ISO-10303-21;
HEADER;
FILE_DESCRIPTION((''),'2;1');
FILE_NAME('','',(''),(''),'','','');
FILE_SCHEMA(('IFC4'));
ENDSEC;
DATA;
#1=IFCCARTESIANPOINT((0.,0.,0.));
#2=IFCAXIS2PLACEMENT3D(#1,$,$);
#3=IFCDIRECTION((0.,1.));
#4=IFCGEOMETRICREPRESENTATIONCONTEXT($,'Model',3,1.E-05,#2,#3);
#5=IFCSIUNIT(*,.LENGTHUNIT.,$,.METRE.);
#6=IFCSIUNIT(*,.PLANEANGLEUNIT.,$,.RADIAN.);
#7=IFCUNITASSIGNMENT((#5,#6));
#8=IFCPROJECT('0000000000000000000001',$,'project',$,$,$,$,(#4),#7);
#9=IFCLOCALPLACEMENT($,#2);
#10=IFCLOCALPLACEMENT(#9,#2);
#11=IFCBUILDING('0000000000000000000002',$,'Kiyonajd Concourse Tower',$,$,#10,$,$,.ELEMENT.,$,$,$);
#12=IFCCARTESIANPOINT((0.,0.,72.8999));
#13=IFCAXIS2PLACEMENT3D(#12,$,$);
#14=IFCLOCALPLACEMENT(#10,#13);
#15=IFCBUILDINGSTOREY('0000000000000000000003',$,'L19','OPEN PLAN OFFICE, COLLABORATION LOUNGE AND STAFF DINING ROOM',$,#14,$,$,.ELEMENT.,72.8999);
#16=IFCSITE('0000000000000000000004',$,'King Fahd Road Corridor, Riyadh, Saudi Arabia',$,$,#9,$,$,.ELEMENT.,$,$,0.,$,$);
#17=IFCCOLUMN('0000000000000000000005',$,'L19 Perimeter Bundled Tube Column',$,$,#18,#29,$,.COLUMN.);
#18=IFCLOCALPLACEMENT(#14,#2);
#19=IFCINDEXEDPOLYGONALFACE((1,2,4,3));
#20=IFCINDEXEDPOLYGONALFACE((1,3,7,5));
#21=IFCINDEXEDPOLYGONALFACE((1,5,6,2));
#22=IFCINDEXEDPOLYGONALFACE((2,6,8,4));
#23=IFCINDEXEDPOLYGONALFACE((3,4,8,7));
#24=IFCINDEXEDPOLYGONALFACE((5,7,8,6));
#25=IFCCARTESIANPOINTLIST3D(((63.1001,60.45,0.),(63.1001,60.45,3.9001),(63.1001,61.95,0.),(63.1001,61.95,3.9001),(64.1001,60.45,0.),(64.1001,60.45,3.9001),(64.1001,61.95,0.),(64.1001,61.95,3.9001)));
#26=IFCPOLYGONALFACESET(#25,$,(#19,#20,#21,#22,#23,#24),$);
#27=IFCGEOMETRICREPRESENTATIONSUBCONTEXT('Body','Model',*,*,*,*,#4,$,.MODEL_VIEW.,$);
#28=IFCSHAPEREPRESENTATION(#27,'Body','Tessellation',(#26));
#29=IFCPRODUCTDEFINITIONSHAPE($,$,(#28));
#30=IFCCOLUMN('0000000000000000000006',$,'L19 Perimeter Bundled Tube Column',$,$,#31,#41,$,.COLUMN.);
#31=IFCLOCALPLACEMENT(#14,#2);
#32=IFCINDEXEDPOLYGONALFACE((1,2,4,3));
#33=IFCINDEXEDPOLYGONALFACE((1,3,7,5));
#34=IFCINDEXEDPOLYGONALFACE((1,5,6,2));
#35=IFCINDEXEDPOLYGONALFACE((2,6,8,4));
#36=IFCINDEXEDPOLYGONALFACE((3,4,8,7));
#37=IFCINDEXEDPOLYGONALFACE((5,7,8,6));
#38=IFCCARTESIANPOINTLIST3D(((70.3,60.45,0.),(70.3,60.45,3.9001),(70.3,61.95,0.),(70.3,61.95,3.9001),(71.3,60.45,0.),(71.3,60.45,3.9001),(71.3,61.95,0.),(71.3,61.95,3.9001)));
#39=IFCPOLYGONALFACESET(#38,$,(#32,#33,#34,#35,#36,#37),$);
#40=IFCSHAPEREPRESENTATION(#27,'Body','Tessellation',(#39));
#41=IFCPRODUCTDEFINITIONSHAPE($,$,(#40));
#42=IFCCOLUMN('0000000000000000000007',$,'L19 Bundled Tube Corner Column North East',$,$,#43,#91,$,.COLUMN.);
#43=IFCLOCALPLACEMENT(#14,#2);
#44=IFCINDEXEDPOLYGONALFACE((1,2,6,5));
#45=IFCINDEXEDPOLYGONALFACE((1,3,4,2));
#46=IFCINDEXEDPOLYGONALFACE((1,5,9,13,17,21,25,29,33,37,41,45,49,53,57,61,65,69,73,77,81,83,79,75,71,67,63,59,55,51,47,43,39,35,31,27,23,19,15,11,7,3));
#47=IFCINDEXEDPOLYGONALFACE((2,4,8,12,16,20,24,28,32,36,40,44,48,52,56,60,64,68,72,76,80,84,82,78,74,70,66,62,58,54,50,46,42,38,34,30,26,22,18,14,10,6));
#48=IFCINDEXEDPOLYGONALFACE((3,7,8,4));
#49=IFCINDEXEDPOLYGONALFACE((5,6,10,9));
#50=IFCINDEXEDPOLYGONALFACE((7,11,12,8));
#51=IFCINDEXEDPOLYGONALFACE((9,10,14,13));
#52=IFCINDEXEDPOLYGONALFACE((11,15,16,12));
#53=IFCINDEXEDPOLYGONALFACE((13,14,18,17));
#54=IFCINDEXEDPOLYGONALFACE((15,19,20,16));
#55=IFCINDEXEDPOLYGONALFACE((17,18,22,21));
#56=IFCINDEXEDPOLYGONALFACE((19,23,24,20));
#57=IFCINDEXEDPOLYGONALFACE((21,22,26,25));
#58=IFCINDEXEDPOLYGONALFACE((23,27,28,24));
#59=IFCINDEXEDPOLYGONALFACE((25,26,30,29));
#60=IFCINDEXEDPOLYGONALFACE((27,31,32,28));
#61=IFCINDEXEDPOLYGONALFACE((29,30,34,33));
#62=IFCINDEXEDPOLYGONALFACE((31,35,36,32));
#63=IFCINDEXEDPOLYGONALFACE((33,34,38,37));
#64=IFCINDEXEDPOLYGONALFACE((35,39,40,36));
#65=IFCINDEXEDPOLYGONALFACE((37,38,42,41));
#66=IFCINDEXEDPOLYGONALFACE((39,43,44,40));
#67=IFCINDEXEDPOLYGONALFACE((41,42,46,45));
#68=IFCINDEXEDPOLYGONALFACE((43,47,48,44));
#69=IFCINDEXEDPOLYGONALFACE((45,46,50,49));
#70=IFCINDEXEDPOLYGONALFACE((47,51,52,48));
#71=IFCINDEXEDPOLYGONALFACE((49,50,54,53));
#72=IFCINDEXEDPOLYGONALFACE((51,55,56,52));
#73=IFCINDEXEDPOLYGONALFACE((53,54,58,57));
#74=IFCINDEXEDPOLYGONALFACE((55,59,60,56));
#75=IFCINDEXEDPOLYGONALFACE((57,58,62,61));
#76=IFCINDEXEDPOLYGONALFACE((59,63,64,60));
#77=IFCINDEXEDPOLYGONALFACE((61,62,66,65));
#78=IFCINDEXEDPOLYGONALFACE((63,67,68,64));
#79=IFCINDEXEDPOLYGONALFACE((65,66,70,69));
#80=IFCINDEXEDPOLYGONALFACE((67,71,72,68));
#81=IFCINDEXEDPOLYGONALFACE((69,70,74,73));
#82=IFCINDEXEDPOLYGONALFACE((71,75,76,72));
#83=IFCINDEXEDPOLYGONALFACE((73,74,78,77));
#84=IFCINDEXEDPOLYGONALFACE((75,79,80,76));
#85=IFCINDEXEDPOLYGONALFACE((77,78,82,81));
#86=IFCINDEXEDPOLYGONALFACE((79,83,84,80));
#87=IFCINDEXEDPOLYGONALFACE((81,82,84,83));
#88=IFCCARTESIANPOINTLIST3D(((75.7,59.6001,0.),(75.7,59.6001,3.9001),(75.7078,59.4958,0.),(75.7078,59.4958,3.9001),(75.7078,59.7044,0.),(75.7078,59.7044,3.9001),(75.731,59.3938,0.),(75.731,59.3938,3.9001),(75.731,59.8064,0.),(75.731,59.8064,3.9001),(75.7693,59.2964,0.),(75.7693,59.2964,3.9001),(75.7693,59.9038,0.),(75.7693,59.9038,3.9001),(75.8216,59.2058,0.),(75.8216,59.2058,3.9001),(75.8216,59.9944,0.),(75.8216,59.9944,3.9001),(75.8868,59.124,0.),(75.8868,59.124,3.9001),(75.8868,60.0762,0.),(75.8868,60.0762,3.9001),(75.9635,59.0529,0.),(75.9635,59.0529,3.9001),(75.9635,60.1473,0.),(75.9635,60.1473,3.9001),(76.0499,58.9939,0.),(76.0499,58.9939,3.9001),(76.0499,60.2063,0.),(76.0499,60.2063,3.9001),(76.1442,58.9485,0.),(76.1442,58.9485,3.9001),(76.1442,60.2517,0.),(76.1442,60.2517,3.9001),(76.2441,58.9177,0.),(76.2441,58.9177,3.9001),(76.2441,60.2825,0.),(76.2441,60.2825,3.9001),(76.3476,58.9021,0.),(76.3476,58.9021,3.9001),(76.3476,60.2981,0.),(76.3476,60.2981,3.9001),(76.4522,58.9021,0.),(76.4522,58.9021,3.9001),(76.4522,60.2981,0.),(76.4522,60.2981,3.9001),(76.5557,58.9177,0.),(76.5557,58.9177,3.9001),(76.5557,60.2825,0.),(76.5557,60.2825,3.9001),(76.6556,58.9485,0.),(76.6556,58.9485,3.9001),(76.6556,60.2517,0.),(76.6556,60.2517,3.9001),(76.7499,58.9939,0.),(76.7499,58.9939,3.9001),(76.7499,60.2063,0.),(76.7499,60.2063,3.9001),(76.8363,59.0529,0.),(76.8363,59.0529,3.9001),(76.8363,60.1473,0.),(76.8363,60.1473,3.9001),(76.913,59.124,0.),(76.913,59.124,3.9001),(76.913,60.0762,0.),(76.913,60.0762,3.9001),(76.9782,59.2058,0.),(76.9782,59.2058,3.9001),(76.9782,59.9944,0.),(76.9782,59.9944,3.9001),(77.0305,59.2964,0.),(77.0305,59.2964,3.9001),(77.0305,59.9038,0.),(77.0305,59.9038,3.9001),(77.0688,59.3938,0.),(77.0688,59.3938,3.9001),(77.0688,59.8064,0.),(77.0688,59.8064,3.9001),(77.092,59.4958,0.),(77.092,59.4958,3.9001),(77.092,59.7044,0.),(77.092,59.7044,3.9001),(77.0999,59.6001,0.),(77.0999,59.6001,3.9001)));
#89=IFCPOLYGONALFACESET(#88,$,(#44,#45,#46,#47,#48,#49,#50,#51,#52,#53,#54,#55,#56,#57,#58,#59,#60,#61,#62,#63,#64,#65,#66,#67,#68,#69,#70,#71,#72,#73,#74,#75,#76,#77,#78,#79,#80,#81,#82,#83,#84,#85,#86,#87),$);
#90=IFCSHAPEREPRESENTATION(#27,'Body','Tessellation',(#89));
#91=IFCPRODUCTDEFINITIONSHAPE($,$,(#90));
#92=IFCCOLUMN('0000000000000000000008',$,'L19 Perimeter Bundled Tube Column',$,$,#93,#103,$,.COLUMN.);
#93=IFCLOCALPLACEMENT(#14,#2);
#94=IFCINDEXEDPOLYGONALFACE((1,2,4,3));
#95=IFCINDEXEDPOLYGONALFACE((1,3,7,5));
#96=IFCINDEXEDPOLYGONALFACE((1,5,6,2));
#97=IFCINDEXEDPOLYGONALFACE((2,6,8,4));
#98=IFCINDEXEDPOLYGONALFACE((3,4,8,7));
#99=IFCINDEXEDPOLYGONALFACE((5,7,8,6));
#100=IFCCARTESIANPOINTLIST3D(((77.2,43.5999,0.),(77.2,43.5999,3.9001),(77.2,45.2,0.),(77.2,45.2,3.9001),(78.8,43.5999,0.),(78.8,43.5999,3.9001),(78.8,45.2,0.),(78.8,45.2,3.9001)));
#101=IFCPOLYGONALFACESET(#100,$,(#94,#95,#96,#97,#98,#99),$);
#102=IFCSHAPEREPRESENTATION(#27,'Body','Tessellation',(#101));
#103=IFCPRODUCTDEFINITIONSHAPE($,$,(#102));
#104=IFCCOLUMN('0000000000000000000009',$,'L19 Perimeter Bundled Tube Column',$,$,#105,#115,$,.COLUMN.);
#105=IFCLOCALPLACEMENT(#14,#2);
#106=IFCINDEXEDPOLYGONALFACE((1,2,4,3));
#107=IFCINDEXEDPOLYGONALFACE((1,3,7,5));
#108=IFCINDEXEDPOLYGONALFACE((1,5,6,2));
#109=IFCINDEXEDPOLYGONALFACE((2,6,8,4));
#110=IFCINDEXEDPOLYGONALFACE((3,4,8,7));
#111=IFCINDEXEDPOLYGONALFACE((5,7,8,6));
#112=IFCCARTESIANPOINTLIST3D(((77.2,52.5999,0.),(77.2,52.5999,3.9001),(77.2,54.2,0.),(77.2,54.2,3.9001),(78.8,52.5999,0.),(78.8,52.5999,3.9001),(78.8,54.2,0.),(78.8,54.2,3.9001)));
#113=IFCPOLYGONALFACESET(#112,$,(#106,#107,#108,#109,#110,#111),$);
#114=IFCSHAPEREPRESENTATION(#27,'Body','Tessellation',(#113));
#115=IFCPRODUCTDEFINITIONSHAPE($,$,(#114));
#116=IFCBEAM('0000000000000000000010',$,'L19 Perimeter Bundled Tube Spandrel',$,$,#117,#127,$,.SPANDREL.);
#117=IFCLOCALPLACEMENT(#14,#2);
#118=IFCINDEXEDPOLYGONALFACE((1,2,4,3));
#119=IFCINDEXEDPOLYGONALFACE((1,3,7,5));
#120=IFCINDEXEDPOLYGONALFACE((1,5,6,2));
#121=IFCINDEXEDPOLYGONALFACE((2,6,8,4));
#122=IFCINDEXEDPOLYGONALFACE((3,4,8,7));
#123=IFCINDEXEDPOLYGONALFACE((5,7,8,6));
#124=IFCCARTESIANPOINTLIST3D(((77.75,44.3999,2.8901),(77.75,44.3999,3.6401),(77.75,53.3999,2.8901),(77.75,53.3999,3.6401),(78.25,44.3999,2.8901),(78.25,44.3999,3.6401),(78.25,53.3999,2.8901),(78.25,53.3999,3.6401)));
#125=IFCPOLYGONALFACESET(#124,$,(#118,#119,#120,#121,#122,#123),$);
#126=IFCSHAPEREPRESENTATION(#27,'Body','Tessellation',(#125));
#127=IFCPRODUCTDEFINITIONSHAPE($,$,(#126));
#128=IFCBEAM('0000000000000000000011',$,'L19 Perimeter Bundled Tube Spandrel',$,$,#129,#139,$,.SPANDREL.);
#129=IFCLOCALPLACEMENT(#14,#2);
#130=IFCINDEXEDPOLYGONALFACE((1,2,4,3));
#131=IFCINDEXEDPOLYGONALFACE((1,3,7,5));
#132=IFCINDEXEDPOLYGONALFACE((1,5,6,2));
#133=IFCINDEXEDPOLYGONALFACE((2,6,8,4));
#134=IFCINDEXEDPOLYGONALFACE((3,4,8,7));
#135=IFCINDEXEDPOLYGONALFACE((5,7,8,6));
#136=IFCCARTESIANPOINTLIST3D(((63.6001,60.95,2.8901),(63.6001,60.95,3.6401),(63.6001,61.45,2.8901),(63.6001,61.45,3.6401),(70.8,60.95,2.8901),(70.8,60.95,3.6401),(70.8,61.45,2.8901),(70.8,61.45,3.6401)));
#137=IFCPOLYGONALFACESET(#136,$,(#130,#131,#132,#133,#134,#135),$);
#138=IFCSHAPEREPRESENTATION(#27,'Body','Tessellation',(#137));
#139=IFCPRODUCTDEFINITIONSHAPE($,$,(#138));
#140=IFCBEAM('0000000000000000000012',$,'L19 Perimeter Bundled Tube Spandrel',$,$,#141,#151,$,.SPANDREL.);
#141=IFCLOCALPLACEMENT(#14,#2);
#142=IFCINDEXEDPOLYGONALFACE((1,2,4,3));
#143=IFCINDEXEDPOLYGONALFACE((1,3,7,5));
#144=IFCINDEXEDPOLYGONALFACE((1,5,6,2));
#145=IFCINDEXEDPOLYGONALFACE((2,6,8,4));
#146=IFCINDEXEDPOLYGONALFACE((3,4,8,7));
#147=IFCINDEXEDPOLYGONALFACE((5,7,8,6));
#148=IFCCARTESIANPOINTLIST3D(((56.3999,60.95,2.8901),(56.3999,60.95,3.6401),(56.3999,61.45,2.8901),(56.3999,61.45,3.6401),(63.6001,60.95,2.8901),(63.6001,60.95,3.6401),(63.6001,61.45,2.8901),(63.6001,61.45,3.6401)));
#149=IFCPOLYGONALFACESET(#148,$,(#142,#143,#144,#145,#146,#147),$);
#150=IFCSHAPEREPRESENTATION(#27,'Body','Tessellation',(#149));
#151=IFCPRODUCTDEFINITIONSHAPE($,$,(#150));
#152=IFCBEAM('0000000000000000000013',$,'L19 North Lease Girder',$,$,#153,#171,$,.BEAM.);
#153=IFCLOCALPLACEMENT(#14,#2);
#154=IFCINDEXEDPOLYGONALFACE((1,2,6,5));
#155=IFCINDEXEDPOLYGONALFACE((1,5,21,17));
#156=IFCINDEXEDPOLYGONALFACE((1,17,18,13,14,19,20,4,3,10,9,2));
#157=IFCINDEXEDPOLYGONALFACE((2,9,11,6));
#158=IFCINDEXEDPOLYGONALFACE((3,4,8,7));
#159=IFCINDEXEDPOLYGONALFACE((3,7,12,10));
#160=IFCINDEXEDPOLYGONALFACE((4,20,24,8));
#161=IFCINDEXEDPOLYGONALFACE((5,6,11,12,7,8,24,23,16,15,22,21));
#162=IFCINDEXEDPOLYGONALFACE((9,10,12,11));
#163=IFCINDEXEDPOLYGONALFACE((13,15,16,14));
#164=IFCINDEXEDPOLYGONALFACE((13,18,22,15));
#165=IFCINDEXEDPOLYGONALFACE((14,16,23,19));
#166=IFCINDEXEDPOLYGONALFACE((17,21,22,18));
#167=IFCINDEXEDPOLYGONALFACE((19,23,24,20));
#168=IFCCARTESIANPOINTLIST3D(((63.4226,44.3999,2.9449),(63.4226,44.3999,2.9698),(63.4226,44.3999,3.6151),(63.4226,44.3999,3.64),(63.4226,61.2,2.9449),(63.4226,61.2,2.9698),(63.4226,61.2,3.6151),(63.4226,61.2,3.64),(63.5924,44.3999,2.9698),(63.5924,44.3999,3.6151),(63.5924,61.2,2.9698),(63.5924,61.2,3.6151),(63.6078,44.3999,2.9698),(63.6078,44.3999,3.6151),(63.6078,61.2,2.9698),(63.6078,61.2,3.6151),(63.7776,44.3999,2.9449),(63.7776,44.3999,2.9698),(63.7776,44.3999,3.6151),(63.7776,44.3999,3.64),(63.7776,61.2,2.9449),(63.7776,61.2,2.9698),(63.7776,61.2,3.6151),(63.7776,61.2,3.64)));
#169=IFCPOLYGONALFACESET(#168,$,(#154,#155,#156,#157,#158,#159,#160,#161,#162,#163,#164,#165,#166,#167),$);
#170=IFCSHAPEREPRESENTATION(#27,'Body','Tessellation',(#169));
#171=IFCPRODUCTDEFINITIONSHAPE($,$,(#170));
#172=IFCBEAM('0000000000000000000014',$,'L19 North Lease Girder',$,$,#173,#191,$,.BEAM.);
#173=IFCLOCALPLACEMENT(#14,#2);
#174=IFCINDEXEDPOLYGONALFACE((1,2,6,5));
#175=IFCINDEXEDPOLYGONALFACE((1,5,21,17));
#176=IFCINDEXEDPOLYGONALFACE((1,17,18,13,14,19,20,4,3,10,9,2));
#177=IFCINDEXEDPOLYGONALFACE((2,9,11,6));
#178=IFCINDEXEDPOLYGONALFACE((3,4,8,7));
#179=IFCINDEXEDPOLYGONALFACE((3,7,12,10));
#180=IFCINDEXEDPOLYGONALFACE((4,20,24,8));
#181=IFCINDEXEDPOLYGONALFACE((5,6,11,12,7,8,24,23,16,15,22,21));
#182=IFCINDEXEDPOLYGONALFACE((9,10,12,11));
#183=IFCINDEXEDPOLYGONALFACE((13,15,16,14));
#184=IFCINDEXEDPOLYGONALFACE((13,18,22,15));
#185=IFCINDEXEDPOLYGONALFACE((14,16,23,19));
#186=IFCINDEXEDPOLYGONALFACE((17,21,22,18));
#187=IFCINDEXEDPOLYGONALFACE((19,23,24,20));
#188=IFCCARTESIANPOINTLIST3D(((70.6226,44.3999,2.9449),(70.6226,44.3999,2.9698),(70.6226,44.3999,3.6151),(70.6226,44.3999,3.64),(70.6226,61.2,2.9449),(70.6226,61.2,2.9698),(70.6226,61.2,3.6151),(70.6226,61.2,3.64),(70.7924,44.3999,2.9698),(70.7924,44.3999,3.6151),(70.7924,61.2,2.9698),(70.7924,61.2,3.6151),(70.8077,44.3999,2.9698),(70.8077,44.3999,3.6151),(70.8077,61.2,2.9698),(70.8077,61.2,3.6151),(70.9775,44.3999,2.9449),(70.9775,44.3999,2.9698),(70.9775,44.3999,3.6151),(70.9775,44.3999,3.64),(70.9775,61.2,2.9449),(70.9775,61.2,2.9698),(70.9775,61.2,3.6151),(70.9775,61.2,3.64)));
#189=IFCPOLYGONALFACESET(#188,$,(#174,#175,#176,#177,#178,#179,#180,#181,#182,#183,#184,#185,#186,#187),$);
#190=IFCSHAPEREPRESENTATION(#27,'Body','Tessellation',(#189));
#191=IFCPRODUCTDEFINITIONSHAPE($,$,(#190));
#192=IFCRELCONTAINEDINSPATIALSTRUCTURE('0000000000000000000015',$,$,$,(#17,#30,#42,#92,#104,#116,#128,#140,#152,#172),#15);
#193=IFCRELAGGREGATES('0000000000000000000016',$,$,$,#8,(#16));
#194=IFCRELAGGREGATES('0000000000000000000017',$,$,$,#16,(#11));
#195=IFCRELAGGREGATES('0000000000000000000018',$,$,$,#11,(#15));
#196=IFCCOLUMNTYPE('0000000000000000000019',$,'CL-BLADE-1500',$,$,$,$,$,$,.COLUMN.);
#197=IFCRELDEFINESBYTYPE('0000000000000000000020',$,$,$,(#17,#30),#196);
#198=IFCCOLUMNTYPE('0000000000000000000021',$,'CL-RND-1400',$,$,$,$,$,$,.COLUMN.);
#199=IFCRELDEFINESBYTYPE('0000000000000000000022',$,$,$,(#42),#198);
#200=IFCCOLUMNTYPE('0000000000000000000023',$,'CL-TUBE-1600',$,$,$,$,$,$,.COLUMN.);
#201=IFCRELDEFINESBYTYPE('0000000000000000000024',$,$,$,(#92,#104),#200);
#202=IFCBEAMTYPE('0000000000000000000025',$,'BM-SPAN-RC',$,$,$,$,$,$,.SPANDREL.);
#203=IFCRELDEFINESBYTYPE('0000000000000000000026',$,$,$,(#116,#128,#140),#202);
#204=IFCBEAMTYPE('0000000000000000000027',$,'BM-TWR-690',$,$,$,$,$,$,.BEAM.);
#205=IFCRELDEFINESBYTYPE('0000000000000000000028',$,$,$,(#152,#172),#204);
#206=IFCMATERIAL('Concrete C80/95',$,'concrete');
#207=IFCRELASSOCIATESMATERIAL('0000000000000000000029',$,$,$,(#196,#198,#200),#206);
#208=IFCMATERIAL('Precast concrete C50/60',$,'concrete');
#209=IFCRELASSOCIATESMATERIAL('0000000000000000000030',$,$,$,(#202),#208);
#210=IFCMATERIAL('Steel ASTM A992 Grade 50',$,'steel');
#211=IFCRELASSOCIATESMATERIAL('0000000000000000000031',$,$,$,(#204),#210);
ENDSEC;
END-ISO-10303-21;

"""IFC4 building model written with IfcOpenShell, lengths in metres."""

from ifc_helpers import new_model, si_unit, direction, frame, origin, origin_2d, place, context, subcontext, project, spatial, rectangle, circle, i_section, extrude, material, material_profile, profile_set, type_object, element, save


model = new_model("IFC4")

# Units and contexts
model_context = context("Model", 3, precision=1e-05, world=origin(), true_north=direction((0.0, 1.0)))
body_context = subcontext(model_context, "Body", "Model", "MODEL_VIEW")
ifc_project = project(units=[si_unit("LENGTHUNIT", "METRE"), si_unit("PLANEANGLEUNIT", "RADIAN")], contexts=[model_context])

# Site, building, storey
site_placement = place(None, origin())
site = spatial("IfcSite", under=ifc_project, at=site_placement, Name="King Fahd Road Corridor, Riyadh, Saudi Arabia", CompositionType="ELEMENT", RefElevation=0.0)
building_placement = place(site_placement, origin())
building = spatial("IfcBuilding", under=site, at=building_placement, Name="Kiyonajd Concourse Tower", CompositionType="ELEMENT")
storey_placement = place(building_placement, frame((0.0, 0.0, 72.8999)))
storey = spatial("IfcBuildingStorey", under=building, at=storey_placement, Name="L19", Description="OPEN PLAN OFFICE, COLLABORATION LOUNGE AND STAFF DINING ROOM", CompositionType="ELEMENT", Elevation=72.8999)

# Columns
ifc_material_1 = material(Name="Concrete C80/95", Category="concrete")
ifc_material_profile_1 = material_profile(ifc_material_1, rectangle(XDim=1.0, YDim=1.5, at=origin_2d()), Name="RC-1500x1000")
ifc_profile_set_1 = profile_set([ifc_material_profile_1], Name="Concrete C80/95")
column_type_1 = type_object("IfcColumnType", Name="CL-BLADE-1500", PredefinedType="COLUMN", material=ifc_profile_set_1)
for number, where, z_axis, x_axis, name in (
    (1, (63.6001, 61.2, 0.0), (0.0, 0.0, 1.0), (1.0, 0.0, 0.0), "L19 Perimeter Bundled Tube Column"),
    (2, (70.8, 61.2, 0.0), (0.0, 0.0, 1.0), (1.0, 0.0, 0.0), "L19 Perimeter Bundled Tube Column"),
):
    element("IfcColumn", number, at=place(storey_placement, frame(where, z_axis=z_axis, x_axis=x_axis)), inside=storey, type_object=column_type_1, Name=name, PredefinedType="COLUMN", context=body_context, shape_type="SweptSolid", body=[
        extrude(rectangle(XDim=1.0, YDim=1.5, at=origin_2d()), origin(), (0.0, 0.0, 1.0), 3.9001),
    ])
ifc_material_profile_2 = material_profile(ifc_material_1, circle(Radius=0.7, at=origin_2d()), Name="RCC-D1400")
ifc_profile_set_2 = profile_set([ifc_material_profile_2], Name="Concrete C80/95")
column_type_2 = type_object("IfcColumnType", Name="CL-RND-1400", PredefinedType="COLUMN", material=ifc_profile_set_2)
column_placement = place(storey_placement, frame((76.3999, 59.6001, 0.0), z_axis=(0.0, 0.0, 1.0), x_axis=(1.0, 0.0, 0.0)))
element("IfcColumn", 3, at=column_placement, inside=storey, type_object=column_type_2, Name="L19 Bundled Tube Corner Column North East", PredefinedType="COLUMN", context=body_context, shape_type="SweptSolid", body=[
    extrude(circle(Radius=0.7, at=origin_2d()), origin(), (0.0, 0.0, 1.0), 3.9001),
])
ifc_material_profile_3 = material_profile(ifc_material_1, rectangle(XDim=1.6001, YDim=1.6001, at=origin_2d()), Name="RC-1600x1600")
ifc_profile_set_3 = profile_set([ifc_material_profile_3], Name="Concrete C80/95")
column_type_3 = type_object("IfcColumnType", Name="CL-TUBE-1600", PredefinedType="COLUMN", material=ifc_profile_set_3)
for number, where, z_axis, x_axis, name in (
    (4, (78.0, 44.3999, 0.0), (0.0, 0.0, 1.0), (1.0, 0.0, 0.0), "L19 Perimeter Bundled Tube Column"),
    (5, (78.0, 53.3999, 0.0), (0.0, 0.0, 1.0), (1.0, 0.0, 0.0), "L19 Perimeter Bundled Tube Column"),
):
    element("IfcColumn", number, at=place(storey_placement, frame(where, z_axis=z_axis, x_axis=x_axis)), inside=storey, type_object=column_type_3, Name=name, PredefinedType="COLUMN", context=body_context, shape_type="SweptSolid", body=[
        extrude(rectangle(XDim=1.6001, YDim=1.6001, at=origin_2d()), origin(), (0.0, 0.0, 1.0), 3.9001),
    ])

# Beams
ifc_material_2 = material(Name="Precast concrete C50/60", Category="concrete")
ifc_material_profile_4 = material_profile(ifc_material_2, rectangle(XDim=0.5, YDim=0.75, at=origin_2d()), Name="RCBM-500x750")
ifc_profile_set_4 = profile_set([ifc_material_profile_4], Name="Precast concrete C50/60")
beam_type_1 = type_object("IfcBeamType", Name="BM-SPAN-RC", PredefinedType="SPANDREL", material=ifc_profile_set_4)
beam_1_placement = place(storey_placement, frame((78.0, 44.3999, 3.2651), z_axis=(0.0, 1.0, 0.0), x_axis=(-1.0, 0.0, 0.0)))
element("IfcBeam", 6, at=beam_1_placement, inside=storey, type_object=beam_type_1, Name="L19 Perimeter Bundled Tube Spandrel", PredefinedType="SPANDREL", context=body_context, shape_type="SweptSolid", body=[
    extrude(rectangle(XDim=0.5, YDim=0.75, at=origin_2d()), origin(), (0.0, 0.0, 1.0), 9.0),
])
beam_2_placement = place(storey_placement, frame((70.8, 61.2, 3.2651), z_axis=(-1.0, 0.0, 0.0), x_axis=(0.0, -1.0, 0.0)))
element("IfcBeam", 7, at=beam_2_placement, inside=storey, type_object=beam_type_1, Name="L19 Perimeter Bundled Tube Spandrel", PredefinedType="SPANDREL", context=body_context, shape_type="SweptSolid", body=[
    extrude(rectangle(XDim=0.5, YDim=0.75, at=origin_2d()), origin(), (0.0, 0.0, 1.0), 7.2),
])
beam_3_placement = place(storey_placement, frame((63.6001, 61.2, 3.2651), z_axis=(-1.0, 0.0, 0.0), x_axis=(0.0, -1.0, 0.0)))
element("IfcBeam", 8, at=beam_3_placement, inside=storey, type_object=beam_type_1, Name="L19 Perimeter Bundled Tube Spandrel", PredefinedType="SPANDREL", context=body_context, shape_type="SweptSolid", body=[
    extrude(rectangle(XDim=0.5, YDim=0.75, at=origin_2d()), origin(), (0.0, 0.0, 1.0), 7.2002),
])
ifc_material_3 = material(Name="Steel ASTM A992 Grade 50", Category="steel")
ifc_material_profile_5 = material_profile(ifc_material_3, i_section(OverallWidth=0.355, OverallDepth=0.6951, WebThickness=0.0154, FlangeThickness=0.0249, at=origin_2d()), Name="W690X217")
ifc_profile_set_5 = profile_set([ifc_material_profile_5], Name="Steel ASTM A992 Grade 50")
beam_type_2 = type_object("IfcBeamType", Name="BM-TWR-690", PredefinedType="BEAM", material=ifc_profile_set_5)
for number, where, z_axis, x_axis, name in (
    (9, (63.6001, 44.3999, 3.2925), (0.0, 1.0, 0.0), (-1.0, 0.0, 0.0), "L19 North Lease Girder"),
    (10, (70.8, 44.3999, 3.2925), (0.0, 1.0, 0.0), (-1.0, 0.0, 0.0), "L19 North Lease Girder"),
):
    element("IfcBeam", number, at=place(storey_placement, frame(where, z_axis=z_axis, x_axis=x_axis)), inside=storey, type_object=beam_type_2, Name=name, PredefinedType="BEAM", context=body_context, shape_type="SweptSolid", body=[
        extrude(i_section(OverallWidth=0.355, OverallDepth=0.6951, WebThickness=0.0154, FlangeThickness=0.0249, at=origin_2d()), origin(), (0.0, 0.0, 1.0), 16.8),
    ])

save(model, "model.ifc")
